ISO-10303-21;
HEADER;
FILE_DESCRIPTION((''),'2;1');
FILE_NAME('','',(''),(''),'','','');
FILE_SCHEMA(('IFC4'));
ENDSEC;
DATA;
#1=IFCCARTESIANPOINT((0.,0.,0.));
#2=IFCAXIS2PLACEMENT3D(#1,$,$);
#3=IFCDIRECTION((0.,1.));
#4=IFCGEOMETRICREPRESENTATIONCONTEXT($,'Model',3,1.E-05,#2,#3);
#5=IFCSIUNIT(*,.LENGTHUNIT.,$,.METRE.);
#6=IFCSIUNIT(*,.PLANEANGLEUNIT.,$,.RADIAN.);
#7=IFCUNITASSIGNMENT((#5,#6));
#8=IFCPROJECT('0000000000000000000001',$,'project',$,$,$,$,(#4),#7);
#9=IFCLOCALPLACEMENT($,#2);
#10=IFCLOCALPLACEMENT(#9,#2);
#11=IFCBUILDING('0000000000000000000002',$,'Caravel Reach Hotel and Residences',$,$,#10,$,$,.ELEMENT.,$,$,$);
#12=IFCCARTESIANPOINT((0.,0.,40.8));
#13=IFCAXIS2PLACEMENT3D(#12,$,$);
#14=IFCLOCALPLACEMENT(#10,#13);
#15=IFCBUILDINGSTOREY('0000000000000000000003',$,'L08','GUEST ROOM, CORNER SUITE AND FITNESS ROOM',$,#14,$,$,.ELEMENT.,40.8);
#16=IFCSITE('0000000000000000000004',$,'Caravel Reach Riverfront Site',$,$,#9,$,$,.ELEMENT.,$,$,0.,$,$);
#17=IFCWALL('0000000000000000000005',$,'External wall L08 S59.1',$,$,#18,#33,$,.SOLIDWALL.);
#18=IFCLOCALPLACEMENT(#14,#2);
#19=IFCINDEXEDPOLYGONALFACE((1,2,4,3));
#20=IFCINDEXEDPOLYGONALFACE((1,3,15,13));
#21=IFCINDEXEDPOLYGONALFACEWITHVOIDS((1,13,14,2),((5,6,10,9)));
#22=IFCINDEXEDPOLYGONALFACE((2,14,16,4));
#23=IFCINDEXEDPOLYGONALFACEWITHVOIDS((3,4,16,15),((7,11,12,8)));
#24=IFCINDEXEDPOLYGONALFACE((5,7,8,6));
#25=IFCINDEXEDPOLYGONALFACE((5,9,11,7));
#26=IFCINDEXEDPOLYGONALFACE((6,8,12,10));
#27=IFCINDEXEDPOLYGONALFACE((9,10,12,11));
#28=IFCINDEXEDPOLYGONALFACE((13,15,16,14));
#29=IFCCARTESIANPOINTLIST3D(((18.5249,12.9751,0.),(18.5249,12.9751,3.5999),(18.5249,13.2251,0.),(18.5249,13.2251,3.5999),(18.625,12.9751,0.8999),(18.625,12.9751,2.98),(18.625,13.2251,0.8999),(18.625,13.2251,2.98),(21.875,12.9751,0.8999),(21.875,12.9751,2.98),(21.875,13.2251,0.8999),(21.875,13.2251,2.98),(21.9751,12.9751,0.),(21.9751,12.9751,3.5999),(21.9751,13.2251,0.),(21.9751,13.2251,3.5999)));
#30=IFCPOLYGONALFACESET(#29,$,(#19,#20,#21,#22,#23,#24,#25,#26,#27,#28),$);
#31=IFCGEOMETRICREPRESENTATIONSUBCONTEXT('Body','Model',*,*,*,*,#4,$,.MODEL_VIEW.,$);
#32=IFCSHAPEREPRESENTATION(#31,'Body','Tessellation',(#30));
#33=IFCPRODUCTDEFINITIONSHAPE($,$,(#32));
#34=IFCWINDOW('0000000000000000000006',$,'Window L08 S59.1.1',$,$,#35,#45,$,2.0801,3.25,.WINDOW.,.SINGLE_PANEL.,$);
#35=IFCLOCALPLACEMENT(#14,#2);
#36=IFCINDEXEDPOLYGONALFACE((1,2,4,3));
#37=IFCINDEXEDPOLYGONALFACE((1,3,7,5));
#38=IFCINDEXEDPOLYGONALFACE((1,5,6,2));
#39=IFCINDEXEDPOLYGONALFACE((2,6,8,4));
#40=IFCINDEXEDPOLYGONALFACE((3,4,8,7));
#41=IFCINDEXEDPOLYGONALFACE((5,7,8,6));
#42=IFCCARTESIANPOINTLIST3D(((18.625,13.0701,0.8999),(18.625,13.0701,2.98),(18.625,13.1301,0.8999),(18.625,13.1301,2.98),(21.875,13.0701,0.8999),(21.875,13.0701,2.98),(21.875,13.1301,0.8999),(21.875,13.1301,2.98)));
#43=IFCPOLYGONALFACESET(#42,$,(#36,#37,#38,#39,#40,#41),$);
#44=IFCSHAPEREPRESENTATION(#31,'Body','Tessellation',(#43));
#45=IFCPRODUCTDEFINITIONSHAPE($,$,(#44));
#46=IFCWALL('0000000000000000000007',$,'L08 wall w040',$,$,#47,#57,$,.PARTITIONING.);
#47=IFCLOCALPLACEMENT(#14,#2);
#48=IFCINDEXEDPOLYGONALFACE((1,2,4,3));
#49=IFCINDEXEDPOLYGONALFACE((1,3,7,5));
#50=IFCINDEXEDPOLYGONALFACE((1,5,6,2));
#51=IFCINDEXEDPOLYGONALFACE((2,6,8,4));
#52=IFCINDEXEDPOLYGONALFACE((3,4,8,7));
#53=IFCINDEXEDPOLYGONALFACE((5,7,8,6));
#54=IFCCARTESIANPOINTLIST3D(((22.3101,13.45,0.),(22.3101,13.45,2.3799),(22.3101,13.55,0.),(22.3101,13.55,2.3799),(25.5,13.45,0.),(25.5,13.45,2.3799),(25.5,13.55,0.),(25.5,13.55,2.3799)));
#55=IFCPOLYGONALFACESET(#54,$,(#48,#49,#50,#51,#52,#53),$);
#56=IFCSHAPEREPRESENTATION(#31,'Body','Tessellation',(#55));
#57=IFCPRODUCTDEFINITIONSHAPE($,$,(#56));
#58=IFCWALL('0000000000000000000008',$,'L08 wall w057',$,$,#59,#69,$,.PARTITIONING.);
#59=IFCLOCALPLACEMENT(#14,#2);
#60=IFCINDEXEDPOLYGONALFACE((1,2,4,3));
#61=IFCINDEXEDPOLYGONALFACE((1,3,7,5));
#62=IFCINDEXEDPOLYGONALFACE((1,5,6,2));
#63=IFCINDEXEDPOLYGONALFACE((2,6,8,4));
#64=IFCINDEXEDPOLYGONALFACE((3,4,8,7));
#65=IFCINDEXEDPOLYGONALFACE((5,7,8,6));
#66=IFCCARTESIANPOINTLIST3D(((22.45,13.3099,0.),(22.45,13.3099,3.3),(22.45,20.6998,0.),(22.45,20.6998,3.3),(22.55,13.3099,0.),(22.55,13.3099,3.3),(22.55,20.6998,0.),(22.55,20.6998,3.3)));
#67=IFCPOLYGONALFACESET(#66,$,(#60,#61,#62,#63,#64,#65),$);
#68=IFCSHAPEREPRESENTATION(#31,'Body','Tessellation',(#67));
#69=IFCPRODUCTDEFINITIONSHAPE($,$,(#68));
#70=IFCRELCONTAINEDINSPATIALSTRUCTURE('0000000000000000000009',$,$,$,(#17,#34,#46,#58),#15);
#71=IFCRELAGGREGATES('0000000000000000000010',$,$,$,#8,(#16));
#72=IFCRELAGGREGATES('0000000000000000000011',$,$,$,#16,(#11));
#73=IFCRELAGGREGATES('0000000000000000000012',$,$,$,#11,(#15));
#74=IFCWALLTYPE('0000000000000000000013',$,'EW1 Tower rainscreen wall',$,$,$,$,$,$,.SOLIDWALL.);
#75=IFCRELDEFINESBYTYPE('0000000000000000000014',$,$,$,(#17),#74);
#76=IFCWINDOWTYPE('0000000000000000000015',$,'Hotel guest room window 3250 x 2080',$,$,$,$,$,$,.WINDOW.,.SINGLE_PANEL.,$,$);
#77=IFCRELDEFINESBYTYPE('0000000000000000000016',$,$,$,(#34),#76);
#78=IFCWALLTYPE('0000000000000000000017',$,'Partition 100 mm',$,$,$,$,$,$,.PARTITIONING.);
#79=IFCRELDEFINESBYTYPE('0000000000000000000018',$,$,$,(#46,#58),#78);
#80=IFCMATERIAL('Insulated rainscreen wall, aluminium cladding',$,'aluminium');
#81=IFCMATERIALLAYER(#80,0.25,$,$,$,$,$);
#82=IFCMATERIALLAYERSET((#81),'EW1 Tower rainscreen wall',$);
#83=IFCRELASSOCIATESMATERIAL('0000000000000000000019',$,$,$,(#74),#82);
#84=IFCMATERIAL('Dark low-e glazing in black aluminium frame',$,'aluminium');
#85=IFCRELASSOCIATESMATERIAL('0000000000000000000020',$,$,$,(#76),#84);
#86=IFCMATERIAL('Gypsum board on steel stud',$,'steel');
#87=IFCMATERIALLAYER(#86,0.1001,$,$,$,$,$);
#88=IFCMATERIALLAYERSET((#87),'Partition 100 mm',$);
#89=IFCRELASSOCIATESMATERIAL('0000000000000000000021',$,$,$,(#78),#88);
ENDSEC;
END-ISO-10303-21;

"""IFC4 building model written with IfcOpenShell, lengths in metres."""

from ifc_helpers import new_model, si_unit, direction, frame, frame_2d, origin, place, context, subcontext, project, spatial, rectangle, extrude, material, layer, layer_set, type_object, element, fill, save


model = new_model("IFC4")

# Units and contexts
model_context = context("Model", 3, precision=1e-05, world=origin(), true_north=direction((0.0, 1.0)))
body_context = subcontext(model_context, "Body", "Model", "MODEL_VIEW")
ifc_project = project(units=[si_unit("LENGTHUNIT", "METRE"), si_unit("PLANEANGLEUNIT", "RADIAN")], contexts=[model_context])

# Site, building, storey
site_placement = place(None, origin())
site = spatial("IfcSite", under=ifc_project, at=site_placement, Name="Caravel Reach Riverfront Site", CompositionType="ELEMENT", RefElevation=0.0)
building_placement = place(site_placement, origin())
building = spatial("IfcBuilding", under=site, at=building_placement, Name="Caravel Reach Hotel and Residences", CompositionType="ELEMENT")
storey_placement = place(building_placement, frame((0.0, 0.0, 40.8)))
storey = spatial("IfcBuildingStorey", under=building, at=storey_placement, Name="L08", Description="GUEST ROOM, CORNER SUITE AND FITNESS ROOM", CompositionType="ELEMENT", Elevation=40.8)

# Wall, opening, window
ifc_material_1 = material(Name="Insulated rainscreen wall, aluminium cladding", Category="aluminium")
ifc_layer_1 = layer(ifc_material_1, 0.25)
ifc_layer_set_1 = layer_set([ifc_layer_1], Name="EW1 Tower rainscreen wall")
wall_type_1 = type_object("IfcWallType", Name="EW1 Tower rainscreen wall", PredefinedType="SOLIDWALL", material=ifc_layer_set_1)
wall_1_placement = place(storey_placement, frame((18.5249, 13.1001, 0.0), z_axis=(0.0, 0.0, 1.0), x_axis=(1.0, 0.0, 0.0)))
wall_1 = element("IfcWall", 1, at=wall_1_placement, inside=storey, type_object=wall_type_1, Name="External wall L08 S59.1", PredefinedType="SOLIDWALL", context=body_context, shape_type="SweptSolid", body=[
    extrude(rectangle(XDim=3.4502, YDim=0.25, at=frame_2d((1.7251, 0.0))), origin(), (0.0, 0.0, 1.0), 3.5999),
])
opening_1_placement = place(wall_1_placement, frame((0.1001, 0.0, 0.8999)))
opening_1 = element("IfcOpeningElement", 2, at=opening_1_placement, cuts=wall_1, PredefinedType="OPENING", context=body_context, shape_type="SweptSolid", body=[
    extrude(rectangle(XDim=3.25, YDim=2.0801, at=frame_2d((1.625, 1.04))), frame((0.0, 0.135, 0.0), z_axis=(0.0, -1.0, 0.0), x_axis=(1.0, 0.0, 0.0)), (0.0, 0.0, 1.0), 0.27),
])
ifc_material_2 = material(Name="Dark low-e glazing in black aluminium frame", Category="aluminium")
window_type_1 = type_object("IfcWindowType", Name="Hotel guest room window 3250 x 2080", PartitioningType="SINGLE_PANEL", PredefinedType="WINDOW", material=ifc_material_2)
window_1_placement = place(opening_1_placement, origin())
window_1 = element("IfcWindow", 3, at=window_1_placement, inside=storey, type_object=window_type_1, Name="Window L08 S59.1.1", OverallHeight=2.0801, OverallWidth=3.25, PartitioningType="SINGLE_PANEL", PredefinedType="WINDOW", context=body_context, shape_type="SweptSolid", body=[
    extrude(rectangle(XDim=3.25, YDim=2.0801, at=frame_2d((1.625, 1.04))), frame((0.0, 0.03, 0.0), z_axis=(0.0, -1.0, 0.0), x_axis=(1.0, 0.0, 0.0)), (0.0, 0.0, 1.0), 0.0601),
])
fill(opening_1, window_1)

# Walls
ifc_material_3 = material(Name="Gypsum board on steel stud", Category="steel")
ifc_layer_2 = layer(ifc_material_3, 0.1001)
ifc_layer_set_2 = layer_set([ifc_layer_2], Name="Partition 100 mm")
wall_type_2 = type_object("IfcWallType", Name="Partition 100 mm", PredefinedType="PARTITIONING", material=ifc_layer_set_2)
wall_2_placement = place(storey_placement, frame((22.3101, 13.5, 0.0), z_axis=(0.0, 0.0, 1.0), x_axis=(1.0, 0.0, 0.0)))
element("IfcWall", 4, at=wall_2_placement, inside=storey, type_object=wall_type_2, Name="L08 wall w040", PredefinedType="PARTITIONING", context=body_context, shape_type="SweptSolid", body=[
    extrude(rectangle(XDim=3.1899, YDim=0.1001, at=frame_2d((1.595, 0.0))), origin(), (0.0, 0.0, 1.0), 2.3799),
])
wall_3_placement = place(storey_placement, frame((22.5, 13.3101, 0.0), z_axis=(0.0, 0.0, 1.0), x_axis=(0.0, 1.0, 0.0)))
element("IfcWall", 5, at=wall_3_placement, inside=storey, type_object=wall_type_2, Name="L08 wall w057", PredefinedType="PARTITIONING", context=body_context, shape_type="SweptSolid", body=[
    extrude(rectangle(XDim=7.3899, YDim=0.1001, at=frame_2d((3.6948, 0.0))), origin(), (0.0, 0.0, 1.0), 3.3),
])

save(model, "model.ifc")
